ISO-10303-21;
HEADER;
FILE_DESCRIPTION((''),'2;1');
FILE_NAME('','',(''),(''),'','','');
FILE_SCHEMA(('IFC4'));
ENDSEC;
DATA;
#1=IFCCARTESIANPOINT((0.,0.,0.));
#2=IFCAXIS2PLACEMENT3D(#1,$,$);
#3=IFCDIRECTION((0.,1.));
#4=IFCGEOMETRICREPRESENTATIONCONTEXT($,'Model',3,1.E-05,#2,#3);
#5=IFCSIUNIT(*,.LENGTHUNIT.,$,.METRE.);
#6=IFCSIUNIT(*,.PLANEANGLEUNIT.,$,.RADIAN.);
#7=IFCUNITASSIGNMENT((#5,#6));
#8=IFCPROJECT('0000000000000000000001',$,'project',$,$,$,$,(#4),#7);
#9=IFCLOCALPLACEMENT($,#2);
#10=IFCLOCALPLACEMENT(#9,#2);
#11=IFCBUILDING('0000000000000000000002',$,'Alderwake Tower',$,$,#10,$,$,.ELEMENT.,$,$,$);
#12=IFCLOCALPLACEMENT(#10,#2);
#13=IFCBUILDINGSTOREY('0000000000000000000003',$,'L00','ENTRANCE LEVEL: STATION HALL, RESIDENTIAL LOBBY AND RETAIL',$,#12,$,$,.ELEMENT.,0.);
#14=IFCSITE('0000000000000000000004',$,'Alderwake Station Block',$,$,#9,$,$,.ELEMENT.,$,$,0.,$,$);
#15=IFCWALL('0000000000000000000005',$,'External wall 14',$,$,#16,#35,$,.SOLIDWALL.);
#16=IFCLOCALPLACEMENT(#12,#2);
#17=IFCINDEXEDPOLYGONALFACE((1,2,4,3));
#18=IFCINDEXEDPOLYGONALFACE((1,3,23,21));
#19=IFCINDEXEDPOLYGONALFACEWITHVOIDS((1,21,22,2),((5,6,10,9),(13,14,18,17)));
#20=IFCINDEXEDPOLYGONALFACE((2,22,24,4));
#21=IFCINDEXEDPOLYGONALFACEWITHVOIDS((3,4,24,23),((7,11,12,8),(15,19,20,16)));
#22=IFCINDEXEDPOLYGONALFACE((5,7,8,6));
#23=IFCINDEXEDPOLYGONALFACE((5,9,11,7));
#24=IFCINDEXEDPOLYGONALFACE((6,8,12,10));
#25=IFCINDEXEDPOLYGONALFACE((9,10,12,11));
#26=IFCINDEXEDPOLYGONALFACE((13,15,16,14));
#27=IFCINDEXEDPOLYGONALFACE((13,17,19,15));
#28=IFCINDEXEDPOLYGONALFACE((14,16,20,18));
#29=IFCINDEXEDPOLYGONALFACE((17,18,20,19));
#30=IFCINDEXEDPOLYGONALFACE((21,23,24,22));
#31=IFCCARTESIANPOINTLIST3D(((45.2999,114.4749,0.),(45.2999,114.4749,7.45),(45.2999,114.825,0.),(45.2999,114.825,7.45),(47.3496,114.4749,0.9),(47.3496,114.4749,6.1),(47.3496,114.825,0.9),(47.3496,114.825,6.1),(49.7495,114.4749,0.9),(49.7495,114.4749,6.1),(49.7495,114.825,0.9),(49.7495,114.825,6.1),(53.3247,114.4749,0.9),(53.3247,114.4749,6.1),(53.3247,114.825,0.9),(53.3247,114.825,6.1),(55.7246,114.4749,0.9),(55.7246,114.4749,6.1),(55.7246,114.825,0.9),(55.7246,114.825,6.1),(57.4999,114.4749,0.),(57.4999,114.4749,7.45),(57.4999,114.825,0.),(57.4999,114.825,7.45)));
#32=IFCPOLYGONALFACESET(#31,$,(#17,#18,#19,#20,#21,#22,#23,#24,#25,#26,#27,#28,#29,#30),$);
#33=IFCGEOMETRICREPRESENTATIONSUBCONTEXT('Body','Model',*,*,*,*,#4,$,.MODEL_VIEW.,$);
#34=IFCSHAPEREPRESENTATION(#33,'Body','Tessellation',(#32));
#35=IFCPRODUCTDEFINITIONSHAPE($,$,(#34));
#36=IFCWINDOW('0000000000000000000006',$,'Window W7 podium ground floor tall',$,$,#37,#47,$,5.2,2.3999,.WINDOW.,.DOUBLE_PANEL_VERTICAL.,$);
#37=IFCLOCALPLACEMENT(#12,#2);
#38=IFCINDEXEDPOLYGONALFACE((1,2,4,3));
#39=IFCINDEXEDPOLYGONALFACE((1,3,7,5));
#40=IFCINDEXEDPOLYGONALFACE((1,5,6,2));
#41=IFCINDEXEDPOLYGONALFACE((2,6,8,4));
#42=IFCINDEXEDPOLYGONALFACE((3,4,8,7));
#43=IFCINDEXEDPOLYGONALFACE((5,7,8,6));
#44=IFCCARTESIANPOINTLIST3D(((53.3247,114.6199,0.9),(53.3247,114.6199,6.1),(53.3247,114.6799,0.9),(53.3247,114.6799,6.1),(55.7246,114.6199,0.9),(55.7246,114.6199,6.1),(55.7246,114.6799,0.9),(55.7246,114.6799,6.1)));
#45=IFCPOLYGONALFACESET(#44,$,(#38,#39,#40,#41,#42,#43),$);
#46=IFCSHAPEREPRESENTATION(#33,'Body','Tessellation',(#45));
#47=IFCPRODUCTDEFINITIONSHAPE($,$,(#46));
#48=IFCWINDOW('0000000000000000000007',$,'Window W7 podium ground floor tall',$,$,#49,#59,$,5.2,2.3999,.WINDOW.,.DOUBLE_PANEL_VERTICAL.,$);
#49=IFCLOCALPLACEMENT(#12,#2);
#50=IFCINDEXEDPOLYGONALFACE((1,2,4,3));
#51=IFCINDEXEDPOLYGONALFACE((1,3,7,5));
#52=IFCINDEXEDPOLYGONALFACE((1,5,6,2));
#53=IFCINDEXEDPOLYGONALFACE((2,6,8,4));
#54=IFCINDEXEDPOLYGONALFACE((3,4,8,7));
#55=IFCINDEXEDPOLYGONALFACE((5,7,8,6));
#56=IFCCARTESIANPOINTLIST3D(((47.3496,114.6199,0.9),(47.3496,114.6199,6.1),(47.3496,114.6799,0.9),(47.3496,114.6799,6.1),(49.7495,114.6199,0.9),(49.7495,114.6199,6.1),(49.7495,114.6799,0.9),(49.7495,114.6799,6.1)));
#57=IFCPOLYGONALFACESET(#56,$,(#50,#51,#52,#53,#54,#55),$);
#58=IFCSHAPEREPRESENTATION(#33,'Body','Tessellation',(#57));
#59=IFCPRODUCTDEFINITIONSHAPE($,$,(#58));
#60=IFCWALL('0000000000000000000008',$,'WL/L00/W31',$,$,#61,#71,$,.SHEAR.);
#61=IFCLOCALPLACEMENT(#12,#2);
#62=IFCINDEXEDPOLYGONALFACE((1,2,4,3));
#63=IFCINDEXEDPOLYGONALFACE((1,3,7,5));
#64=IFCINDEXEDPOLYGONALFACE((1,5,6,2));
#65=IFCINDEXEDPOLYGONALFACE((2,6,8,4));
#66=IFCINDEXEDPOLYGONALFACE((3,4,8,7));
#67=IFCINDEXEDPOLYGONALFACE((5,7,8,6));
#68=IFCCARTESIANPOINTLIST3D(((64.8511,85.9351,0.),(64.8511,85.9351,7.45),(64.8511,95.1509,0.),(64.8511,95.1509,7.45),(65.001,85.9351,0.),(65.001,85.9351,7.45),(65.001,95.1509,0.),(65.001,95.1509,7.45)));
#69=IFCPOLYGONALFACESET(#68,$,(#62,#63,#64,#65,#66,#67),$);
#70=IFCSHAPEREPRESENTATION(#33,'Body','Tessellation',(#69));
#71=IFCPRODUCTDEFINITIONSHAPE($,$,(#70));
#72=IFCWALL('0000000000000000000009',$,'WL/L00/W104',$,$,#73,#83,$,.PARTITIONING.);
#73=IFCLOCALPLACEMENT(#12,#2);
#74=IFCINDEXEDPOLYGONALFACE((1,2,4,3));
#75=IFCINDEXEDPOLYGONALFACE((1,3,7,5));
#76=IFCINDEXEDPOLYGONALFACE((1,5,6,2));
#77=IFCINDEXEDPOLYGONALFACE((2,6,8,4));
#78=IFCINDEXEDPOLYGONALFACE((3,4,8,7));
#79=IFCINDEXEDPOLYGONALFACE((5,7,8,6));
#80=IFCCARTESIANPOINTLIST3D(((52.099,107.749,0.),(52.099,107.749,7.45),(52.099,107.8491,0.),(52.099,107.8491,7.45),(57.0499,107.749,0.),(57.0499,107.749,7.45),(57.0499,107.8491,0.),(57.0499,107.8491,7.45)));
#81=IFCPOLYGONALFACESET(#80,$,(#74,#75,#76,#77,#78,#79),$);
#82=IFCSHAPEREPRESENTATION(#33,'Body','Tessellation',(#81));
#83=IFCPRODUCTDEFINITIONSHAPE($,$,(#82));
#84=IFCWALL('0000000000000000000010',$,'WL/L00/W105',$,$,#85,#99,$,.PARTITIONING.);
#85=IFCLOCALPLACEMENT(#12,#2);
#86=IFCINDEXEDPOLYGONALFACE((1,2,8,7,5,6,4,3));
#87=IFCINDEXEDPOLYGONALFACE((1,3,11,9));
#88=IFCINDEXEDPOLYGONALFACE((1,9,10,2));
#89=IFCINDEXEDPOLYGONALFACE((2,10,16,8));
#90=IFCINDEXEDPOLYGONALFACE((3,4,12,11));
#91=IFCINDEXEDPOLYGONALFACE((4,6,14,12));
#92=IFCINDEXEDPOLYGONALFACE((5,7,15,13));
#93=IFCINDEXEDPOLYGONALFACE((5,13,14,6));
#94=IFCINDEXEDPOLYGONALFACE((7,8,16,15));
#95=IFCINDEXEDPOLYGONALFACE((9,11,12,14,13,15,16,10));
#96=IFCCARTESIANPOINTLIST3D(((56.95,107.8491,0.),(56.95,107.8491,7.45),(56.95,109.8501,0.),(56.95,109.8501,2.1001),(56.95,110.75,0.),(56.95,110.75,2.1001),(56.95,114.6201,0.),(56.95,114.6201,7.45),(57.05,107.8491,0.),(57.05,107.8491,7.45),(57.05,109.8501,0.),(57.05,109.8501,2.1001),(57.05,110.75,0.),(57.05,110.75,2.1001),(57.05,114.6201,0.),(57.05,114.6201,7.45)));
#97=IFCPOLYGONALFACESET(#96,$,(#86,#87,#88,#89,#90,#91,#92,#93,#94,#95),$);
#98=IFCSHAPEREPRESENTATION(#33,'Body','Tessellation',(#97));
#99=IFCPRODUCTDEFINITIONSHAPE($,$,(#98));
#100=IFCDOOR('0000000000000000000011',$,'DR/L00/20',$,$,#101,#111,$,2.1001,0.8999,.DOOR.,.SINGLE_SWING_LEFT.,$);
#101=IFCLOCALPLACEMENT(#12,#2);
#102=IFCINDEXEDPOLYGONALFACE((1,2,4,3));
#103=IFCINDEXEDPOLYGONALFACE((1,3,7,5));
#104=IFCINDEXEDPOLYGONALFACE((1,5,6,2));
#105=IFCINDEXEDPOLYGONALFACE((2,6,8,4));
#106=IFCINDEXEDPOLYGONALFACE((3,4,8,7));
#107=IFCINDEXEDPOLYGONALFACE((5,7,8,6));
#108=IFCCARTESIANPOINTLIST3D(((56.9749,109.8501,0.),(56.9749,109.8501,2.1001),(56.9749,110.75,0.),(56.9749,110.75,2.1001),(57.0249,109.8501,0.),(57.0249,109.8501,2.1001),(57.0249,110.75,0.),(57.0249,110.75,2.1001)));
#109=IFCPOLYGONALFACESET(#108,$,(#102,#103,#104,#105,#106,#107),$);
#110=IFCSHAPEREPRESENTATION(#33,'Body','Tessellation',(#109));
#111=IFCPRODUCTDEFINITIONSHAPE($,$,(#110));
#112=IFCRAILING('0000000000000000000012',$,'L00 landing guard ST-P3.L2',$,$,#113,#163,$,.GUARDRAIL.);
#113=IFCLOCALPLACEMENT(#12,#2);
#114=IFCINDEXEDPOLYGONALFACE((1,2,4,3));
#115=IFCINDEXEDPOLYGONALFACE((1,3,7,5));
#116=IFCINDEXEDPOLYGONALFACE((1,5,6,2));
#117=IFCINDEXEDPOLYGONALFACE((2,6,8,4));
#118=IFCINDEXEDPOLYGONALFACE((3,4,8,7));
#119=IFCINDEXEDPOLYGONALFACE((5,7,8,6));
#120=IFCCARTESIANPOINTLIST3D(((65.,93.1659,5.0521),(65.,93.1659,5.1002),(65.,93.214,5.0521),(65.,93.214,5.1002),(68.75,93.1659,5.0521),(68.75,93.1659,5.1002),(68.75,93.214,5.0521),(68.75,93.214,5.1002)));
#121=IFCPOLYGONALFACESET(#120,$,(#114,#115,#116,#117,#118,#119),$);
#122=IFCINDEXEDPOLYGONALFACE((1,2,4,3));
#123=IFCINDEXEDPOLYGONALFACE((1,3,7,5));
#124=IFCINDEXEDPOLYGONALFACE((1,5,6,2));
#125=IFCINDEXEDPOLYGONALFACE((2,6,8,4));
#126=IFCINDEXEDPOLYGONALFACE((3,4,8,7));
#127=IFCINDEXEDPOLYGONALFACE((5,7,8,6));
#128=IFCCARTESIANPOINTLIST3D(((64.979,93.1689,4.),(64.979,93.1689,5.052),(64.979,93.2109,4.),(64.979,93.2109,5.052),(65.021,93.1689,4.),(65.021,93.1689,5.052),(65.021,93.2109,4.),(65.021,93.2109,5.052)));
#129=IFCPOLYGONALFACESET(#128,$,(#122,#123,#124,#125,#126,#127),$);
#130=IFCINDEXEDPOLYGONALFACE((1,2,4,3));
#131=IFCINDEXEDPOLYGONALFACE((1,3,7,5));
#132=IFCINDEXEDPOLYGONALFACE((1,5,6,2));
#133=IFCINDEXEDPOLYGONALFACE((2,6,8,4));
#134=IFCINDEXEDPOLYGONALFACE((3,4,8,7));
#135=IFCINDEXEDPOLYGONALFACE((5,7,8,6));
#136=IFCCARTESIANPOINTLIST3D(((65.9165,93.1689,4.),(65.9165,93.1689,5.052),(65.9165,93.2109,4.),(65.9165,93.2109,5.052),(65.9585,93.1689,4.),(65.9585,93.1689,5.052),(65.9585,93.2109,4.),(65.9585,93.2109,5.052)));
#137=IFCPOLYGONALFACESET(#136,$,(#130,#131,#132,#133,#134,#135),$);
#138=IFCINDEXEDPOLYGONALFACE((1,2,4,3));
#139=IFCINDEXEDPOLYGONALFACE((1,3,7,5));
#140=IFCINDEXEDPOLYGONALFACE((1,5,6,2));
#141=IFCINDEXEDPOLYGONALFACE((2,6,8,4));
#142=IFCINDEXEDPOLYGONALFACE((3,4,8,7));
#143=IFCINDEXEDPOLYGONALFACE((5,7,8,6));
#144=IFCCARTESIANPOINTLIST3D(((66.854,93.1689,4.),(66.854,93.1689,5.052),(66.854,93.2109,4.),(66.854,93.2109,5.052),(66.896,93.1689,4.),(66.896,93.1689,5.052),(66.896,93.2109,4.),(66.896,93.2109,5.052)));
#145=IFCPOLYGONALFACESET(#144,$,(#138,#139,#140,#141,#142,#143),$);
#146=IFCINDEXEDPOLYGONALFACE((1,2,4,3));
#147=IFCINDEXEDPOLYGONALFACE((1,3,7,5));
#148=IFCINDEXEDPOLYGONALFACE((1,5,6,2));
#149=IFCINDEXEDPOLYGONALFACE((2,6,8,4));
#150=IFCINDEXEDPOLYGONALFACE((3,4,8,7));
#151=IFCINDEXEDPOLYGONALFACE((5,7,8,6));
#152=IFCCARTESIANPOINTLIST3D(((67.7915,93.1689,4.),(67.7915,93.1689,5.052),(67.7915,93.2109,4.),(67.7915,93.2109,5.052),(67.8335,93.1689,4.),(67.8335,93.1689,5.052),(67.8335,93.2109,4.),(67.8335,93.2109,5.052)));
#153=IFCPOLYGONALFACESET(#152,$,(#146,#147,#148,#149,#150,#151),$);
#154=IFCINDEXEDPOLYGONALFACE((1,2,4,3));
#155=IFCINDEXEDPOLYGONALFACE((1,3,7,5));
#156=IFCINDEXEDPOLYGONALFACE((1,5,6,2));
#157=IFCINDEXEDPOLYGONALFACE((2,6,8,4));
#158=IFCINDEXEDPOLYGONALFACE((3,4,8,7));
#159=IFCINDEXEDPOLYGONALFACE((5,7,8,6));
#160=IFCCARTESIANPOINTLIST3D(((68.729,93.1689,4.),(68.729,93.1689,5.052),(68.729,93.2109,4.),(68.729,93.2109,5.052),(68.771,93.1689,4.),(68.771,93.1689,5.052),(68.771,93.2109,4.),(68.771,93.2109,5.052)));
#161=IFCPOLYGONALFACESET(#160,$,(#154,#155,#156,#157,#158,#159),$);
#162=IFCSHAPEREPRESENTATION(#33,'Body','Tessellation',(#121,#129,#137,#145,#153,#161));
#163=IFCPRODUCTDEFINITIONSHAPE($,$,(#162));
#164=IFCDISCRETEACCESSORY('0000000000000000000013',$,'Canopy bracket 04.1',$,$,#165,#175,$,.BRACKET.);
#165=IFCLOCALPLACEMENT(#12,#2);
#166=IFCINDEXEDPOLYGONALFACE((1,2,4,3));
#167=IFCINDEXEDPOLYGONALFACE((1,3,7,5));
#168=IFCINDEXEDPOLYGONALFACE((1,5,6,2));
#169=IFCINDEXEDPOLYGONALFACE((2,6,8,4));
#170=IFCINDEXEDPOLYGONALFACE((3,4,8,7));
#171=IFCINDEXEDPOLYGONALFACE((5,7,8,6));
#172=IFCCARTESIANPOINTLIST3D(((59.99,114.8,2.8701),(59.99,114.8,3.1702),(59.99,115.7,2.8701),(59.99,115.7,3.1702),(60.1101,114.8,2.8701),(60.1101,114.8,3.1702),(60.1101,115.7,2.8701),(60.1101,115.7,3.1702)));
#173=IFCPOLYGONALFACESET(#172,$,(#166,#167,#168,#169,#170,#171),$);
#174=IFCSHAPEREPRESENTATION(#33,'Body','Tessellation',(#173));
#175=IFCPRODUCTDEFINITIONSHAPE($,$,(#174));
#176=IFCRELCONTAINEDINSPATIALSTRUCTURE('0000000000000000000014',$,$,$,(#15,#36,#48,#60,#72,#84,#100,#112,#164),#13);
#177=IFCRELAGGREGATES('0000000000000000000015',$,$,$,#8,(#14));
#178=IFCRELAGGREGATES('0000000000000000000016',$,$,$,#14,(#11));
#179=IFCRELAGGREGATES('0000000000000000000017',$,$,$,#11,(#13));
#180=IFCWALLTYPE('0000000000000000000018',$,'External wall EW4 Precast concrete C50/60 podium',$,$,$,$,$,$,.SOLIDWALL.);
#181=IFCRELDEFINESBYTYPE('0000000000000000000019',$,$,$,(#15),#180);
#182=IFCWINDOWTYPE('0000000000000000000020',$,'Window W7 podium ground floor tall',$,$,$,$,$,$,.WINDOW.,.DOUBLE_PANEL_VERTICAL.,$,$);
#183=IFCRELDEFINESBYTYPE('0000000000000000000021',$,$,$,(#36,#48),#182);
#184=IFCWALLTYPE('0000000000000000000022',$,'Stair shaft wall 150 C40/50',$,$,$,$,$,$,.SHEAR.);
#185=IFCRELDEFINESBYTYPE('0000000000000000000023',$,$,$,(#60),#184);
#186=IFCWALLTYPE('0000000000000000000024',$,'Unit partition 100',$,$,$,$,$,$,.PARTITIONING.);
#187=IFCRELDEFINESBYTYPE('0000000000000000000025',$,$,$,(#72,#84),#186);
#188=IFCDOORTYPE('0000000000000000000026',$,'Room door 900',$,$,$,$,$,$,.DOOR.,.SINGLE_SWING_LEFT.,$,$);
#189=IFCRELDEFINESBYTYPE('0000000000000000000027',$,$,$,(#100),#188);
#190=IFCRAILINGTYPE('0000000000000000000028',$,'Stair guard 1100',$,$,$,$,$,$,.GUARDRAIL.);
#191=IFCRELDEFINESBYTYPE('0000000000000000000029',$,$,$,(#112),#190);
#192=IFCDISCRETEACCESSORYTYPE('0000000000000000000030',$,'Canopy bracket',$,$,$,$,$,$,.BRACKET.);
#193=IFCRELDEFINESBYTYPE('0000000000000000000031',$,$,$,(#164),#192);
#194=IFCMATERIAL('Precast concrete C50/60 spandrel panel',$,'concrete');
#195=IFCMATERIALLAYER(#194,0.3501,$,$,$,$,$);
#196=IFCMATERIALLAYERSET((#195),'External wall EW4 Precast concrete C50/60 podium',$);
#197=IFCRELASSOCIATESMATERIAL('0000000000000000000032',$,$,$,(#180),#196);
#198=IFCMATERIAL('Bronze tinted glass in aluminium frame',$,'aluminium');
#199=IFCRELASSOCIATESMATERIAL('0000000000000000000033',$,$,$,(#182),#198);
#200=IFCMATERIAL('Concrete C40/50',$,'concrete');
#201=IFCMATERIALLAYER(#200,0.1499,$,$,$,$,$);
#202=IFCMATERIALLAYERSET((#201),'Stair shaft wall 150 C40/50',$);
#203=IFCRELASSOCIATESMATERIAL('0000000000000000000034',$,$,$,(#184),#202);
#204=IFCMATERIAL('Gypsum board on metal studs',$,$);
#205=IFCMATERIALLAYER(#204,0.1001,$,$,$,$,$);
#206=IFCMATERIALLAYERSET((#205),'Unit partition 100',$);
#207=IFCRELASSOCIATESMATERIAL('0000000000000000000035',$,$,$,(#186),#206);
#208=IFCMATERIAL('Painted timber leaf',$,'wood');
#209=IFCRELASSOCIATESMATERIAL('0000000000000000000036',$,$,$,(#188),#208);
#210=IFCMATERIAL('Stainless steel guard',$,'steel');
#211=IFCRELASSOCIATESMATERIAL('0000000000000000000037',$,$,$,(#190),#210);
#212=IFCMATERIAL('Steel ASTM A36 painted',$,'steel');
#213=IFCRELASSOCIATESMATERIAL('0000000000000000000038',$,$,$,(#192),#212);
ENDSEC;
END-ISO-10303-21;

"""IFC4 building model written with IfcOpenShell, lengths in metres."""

from ifc_helpers import new_model, si_unit, direction, frame, frame_2d, origin, origin_with_axes, origin_2d, place, context, subcontext, project, spatial, rectangle, extrude, material, layer, layer_set, type_object, element, fill, save


model = new_model("IFC4")

# Units and contexts
model_context = context("Model", 3, precision=1e-05, world=origin(), true_north=direction((0.0, 1.0)))
body_context = subcontext(model_context, "Body", "Model", "MODEL_VIEW")
ifc_project = project(units=[si_unit("LENGTHUNIT", "METRE"), si_unit("PLANEANGLEUNIT", "RADIAN")], contexts=[model_context])

# Site, building, storey
site_placement = place(None, origin())
site = spatial("IfcSite", under=ifc_project, at=site_placement, Name="Alderwake Station Block", CompositionType="ELEMENT", RefElevation=0.0)
building_placement = place(site_placement, origin())
building = spatial("IfcBuilding", under=site, at=building_placement, Name="Alderwake Tower", CompositionType="ELEMENT")
storey_placement = place(building_placement, origin())
storey = spatial("IfcBuildingStorey", under=building, at=storey_placement, Name="L00", Description="ENTRANCE LEVEL: STATION HALL, RESIDENTIAL LOBBY AND RETAIL", CompositionType="ELEMENT", Elevation=0.0)

# Shared definitions
ifc_material_1 = material(Name="Precast concrete C50/60 spandrel panel", Category="concrete")
ifc_layer_1 = layer(ifc_material_1, 0.3501)
ifc_layer_set_1 = layer_set([ifc_layer_1], Name="External wall EW4 Precast concrete C50/60 podium")
wall_type_1 = type_object("IfcWallType", Name="External wall EW4 Precast concrete C50/60 podium", PredefinedType="SOLIDWALL", material=ifc_layer_set_1)

# Wall, openings, windows
wall_1_placement = place(storey_placement, frame((57.5, 114.6499, 0.0), z_axis=(0.0, 0.0, 1.0), x_axis=(-1.0, 0.0, 0.0)))
wall_1 = element("IfcWall", 1, at=wall_1_placement, inside=storey, type_object=wall_type_1, Name="External wall 14", PredefinedType="SOLIDWALL", context=body_context, shape_type="SweptSolid", body=[
    extrude(rectangle(XDim=12.2, YDim=0.3501, at=frame_2d((6.1001, 0.0))), origin(), (0.0, 0.0, 1.0), 7.45),
])
opening_1_placement = place(wall_1_placement, frame((1.7754, 0.0, 0.8999)))
opening_1 = element("IfcOpeningElement", 2, at=opening_1_placement, cuts=wall_1, PredefinedType="OPENING", context=body_context, shape_type="SweptSolid", body=[
    extrude(rectangle(XDim=2.3999, YDim=5.2, at=frame_2d((1.2, 2.6001))), frame((0.0, 0.1851, 0.0), z_axis=(0.0, -1.0, 0.0), x_axis=(1.0, 0.0, 0.0)), (0.0, 0.0, 1.0), 0.3701),
])
opening_2_placement = place(wall_1_placement, frame((7.7505, 0.0, 0.8999)))
opening_2 = element("IfcOpeningElement", 3, at=opening_2_placement, cuts=wall_1, PredefinedType="OPENING", context=body_context, shape_type="SweptSolid", body=[
    extrude(rectangle(XDim=2.3999, YDim=5.2, at=frame_2d((1.2, 2.6001))), frame((0.0, 0.1851, 0.0), z_axis=(0.0, -1.0, 0.0), x_axis=(1.0, 0.0, 0.0)), (0.0, 0.0, 1.0), 0.3701),
])
ifc_material_2 = material(Name="Bronze tinted glass in aluminium frame", Category="aluminium")
window_type = type_object("IfcWindowType", Name="Window W7 podium ground floor tall", PartitioningType="DOUBLE_PANEL_VERTICAL", PredefinedType="WINDOW", material=ifc_material_2)
window_1_placement = place(opening_1_placement, origin())
window_1 = element("IfcWindow", 4, at=window_1_placement, inside=storey, type_object=window_type, Name="Window W7 podium ground floor tall", OverallHeight=5.2, OverallWidth=2.3999, PartitioningType="DOUBLE_PANEL_VERTICAL", PredefinedType="WINDOW", context=body_context, shape_type="SweptSolid", body=[
    extrude(rectangle(XDim=2.3999, YDim=5.2, at=frame_2d((1.2, 2.6001))), frame((0.0, 0.03, 0.0), z_axis=(0.0, -1.0, 0.0), x_axis=(1.0, 0.0, 0.0)), (0.0, 0.0, 1.0), 0.0601),
])
fill(opening_1, window_1)
window_2_placement = place(opening_2_placement, origin())
window_2 = element("IfcWindow", 5, at=window_2_placement, inside=storey, type_object=window_type, Name="Window W7 podium ground floor tall", OverallHeight=5.2, OverallWidth=2.3999, PartitioningType="DOUBLE_PANEL_VERTICAL", PredefinedType="WINDOW", context=body_context, shape_type="SweptSolid", body=[
    extrude(rectangle(XDim=2.3999, YDim=5.2, at=frame_2d((1.2, 2.6001))), frame((0.0, 0.03, 0.0), z_axis=(0.0, -1.0, 0.0), x_axis=(1.0, 0.0, 0.0)), (0.0, 0.0, 1.0), 0.0601),
])
fill(opening_2, window_2)

# Walls
ifc_material_3 = material(Name="Concrete C40/50", Category="concrete")
ifc_layer_2 = layer(ifc_material_3, 0.1499)
ifc_layer_set_2 = layer_set([ifc_layer_2], Name="Stair shaft wall 150 C40/50")
wall_type_2 = type_object("IfcWallType", Name="Stair shaft wall 150 C40/50", PredefinedType="SHEAR", material=ifc_layer_set_2)
wall_2_placement = place(storey_placement, frame((64.926, 95.1509, 0.0), z_axis=(0.0, 0.0, 1.0), x_axis=(0.0, -1.0, 0.0)))
element("IfcWall", 6, at=wall_2_placement, inside=storey, type_object=wall_type_2, Name="WL/L00/W31", PredefinedType="SHEAR", context=body_context, shape_type="SweptSolid", body=[
    extrude(rectangle(XDim=9.2158, YDim=0.1499, at=frame_2d((4.6079, 0.0))), origin(), (0.0, 0.0, 1.0), 7.45),
])
ifc_material_4 = material(Name="Gypsum board on metal studs")
ifc_layer_3 = layer(ifc_material_4, 0.1001)
ifc_layer_set_3 = layer_set([ifc_layer_3], Name="Unit partition 100")
wall_type_3 = type_object("IfcWallType", Name="Unit partition 100", PredefinedType="PARTITIONING", material=ifc_layer_set_3)
wall_3_placement = place(storey_placement, frame((57.05, 107.7991, 0.0), z_axis=(0.0, 0.0, 1.0), x_axis=(-1.0, 0.0, 0.0)))
element("IfcWall", 7, at=wall_3_placement, inside=storey, type_object=wall_type_3, Name="WL/L00/W104", PredefinedType="PARTITIONING", context=body_context, shape_type="SweptSolid", body=[
    extrude(rectangle(XDim=4.9509, YDim=0.1001, at=frame_2d((2.4756, 0.0))), origin(), (0.0, 0.0, 1.0), 7.45),
])

# Wall, opening, door
wall_4_placement = place(storey_placement, frame((57.0, 114.6201, 0.0), z_axis=(0.0, 0.0, 1.0), x_axis=(0.0, -1.0, 0.0)))
wall_4 = element("IfcWall", 8, at=wall_4_placement, inside=storey, type_object=wall_type_3, Name="WL/L00/W105", PredefinedType="PARTITIONING", context=body_context, shape_type="SweptSolid", body=[
    extrude(rectangle(XDim=6.771, YDim=0.1001, at=frame_2d((3.3855, 0.0))), origin(), (0.0, 0.0, 1.0), 7.45),
])
opening_3_placement = place(wall_4_placement, frame((3.8701, 0.0, 0.0)))
opening_3 = element("IfcOpeningElement", 9, at=opening_3_placement, cuts=wall_4, PredefinedType="OPENING", context=body_context, shape_type="SweptSolid", body=[
    extrude(rectangle(XDim=0.8999, YDim=2.1001, at=frame_2d((0.45, 1.05))), frame((0.0, 0.0601, 0.0), z_axis=(0.0, -1.0, 0.0), x_axis=(1.0, 0.0, 0.0)), (0.0, 0.0, 1.0), 0.1201),
])
ifc_material_5 = material(Name="Painted timber leaf", Category="wood")
door_type_1 = type_object("IfcDoorType", Name="Room door 900", OperationType="SINGLE_SWING_LEFT", PredefinedType="DOOR", material=ifc_material_5)
door_1_placement = place(opening_3_placement, origin())
door_1 = element("IfcDoor", 10, at=door_1_placement, inside=storey, type_object=door_type_1, Name="DR/L00/20", OperationType="SINGLE_SWING_LEFT", OverallHeight=2.1001, OverallWidth=0.8999, PredefinedType="DOOR", context=body_context, shape_type="SweptSolid", body=[
    extrude(rectangle(XDim=0.8999, YDim=2.1001, at=frame_2d((0.45, 1.05))), frame((0.0, 0.0249, 0.0), z_axis=(0.0, -1.0, 0.0), x_axis=(1.0, 0.0, 0.0)), (0.0, 0.0, 1.0), 0.05),
])
fill(opening_3, door_1)

# Railing
ifc_material_6 = material(Name="Stainless steel guard", Category="steel")
railing_type = type_object("IfcRailingType", Name="Stair guard 1100", PredefinedType="GUARDRAIL", material=ifc_material_6)
railing_placement = place(storey_placement, frame((65.0, 93.1899, 4.0)))
element("IfcRailing", 11, at=railing_placement, inside=storey, type_object=railing_type, Name="L00 landing guard ST-P3.L2", PredefinedType="GUARDRAIL", context=body_context, shape_type="SweptSolid", body=[
    extrude(rectangle(XDim=0.0481, YDim=0.0481, at=origin_2d()), frame((0.0, 0.0, 1.0762), z_axis=(1.0, 0.0, 0.0), x_axis=(0.0, 1.0, 0.0)), (0.0, 0.0, 1.0), 3.75),
    extrude(rectangle(XDim=0.042, YDim=0.042, at=origin_2d()), origin_with_axes(), (0.0, 0.0, 1.0), 1.052),
    extrude(rectangle(XDim=0.042, YDim=0.042, at=origin_2d()), frame((0.9375, 0.0, 0.0), z_axis=(0.0, 0.0, 1.0), x_axis=(1.0, 0.0, 0.0)), (0.0, 0.0, 1.0), 1.052),
    extrude(rectangle(XDim=0.042, YDim=0.042, at=origin_2d()), frame((1.875, 0.0, 0.0), z_axis=(0.0, 0.0, 1.0), x_axis=(1.0, 0.0, 0.0)), (0.0, 0.0, 1.0), 1.052),
    extrude(rectangle(XDim=0.042, YDim=0.042, at=origin_2d()), frame((2.8125, 0.0, 0.0), z_axis=(0.0, 0.0, 1.0), x_axis=(1.0, 0.0, 0.0)), (0.0, 0.0, 1.0), 1.052),
    extrude(rectangle(XDim=0.042, YDim=0.042, at=origin_2d()), frame((3.75, 0.0, 0.0), z_axis=(0.0, 0.0, 1.0), x_axis=(1.0, 0.0, 0.0)), (0.0, 0.0, 1.0), 1.052),
])

# Discrete accessory
ifc_material_7 = material(Name="Steel ASTM A36 painted", Category="steel")
discrete_accessory_type = type_object("IfcDiscreteAccessoryType", Name="Canopy bracket", PredefinedType="BRACKET", material=ifc_material_7)
for number, where, z_axis, x_axis, name in (
    (12, (60.05, 115.25, 2.8701), (0.0, 0.0, 1.0), (0.0, -1.0, 0.0), "Canopy bracket 04.1"),
):
    element("IfcDiscreteAccessory", number, at=place(storey_placement, frame(where, z_axis=z_axis, x_axis=x_axis)), inside=storey, type_object=discrete_accessory_type, Name=name, PredefinedType="BRACKET", context=body_context, shape_type="SweptSolid", body=[
        extrude(rectangle(XDim=0.8999, YDim=0.1201, at=origin_2d()), origin(), (0.0, 0.0, 1.0), 0.3),
    ])

save(model, "model.ifc")
